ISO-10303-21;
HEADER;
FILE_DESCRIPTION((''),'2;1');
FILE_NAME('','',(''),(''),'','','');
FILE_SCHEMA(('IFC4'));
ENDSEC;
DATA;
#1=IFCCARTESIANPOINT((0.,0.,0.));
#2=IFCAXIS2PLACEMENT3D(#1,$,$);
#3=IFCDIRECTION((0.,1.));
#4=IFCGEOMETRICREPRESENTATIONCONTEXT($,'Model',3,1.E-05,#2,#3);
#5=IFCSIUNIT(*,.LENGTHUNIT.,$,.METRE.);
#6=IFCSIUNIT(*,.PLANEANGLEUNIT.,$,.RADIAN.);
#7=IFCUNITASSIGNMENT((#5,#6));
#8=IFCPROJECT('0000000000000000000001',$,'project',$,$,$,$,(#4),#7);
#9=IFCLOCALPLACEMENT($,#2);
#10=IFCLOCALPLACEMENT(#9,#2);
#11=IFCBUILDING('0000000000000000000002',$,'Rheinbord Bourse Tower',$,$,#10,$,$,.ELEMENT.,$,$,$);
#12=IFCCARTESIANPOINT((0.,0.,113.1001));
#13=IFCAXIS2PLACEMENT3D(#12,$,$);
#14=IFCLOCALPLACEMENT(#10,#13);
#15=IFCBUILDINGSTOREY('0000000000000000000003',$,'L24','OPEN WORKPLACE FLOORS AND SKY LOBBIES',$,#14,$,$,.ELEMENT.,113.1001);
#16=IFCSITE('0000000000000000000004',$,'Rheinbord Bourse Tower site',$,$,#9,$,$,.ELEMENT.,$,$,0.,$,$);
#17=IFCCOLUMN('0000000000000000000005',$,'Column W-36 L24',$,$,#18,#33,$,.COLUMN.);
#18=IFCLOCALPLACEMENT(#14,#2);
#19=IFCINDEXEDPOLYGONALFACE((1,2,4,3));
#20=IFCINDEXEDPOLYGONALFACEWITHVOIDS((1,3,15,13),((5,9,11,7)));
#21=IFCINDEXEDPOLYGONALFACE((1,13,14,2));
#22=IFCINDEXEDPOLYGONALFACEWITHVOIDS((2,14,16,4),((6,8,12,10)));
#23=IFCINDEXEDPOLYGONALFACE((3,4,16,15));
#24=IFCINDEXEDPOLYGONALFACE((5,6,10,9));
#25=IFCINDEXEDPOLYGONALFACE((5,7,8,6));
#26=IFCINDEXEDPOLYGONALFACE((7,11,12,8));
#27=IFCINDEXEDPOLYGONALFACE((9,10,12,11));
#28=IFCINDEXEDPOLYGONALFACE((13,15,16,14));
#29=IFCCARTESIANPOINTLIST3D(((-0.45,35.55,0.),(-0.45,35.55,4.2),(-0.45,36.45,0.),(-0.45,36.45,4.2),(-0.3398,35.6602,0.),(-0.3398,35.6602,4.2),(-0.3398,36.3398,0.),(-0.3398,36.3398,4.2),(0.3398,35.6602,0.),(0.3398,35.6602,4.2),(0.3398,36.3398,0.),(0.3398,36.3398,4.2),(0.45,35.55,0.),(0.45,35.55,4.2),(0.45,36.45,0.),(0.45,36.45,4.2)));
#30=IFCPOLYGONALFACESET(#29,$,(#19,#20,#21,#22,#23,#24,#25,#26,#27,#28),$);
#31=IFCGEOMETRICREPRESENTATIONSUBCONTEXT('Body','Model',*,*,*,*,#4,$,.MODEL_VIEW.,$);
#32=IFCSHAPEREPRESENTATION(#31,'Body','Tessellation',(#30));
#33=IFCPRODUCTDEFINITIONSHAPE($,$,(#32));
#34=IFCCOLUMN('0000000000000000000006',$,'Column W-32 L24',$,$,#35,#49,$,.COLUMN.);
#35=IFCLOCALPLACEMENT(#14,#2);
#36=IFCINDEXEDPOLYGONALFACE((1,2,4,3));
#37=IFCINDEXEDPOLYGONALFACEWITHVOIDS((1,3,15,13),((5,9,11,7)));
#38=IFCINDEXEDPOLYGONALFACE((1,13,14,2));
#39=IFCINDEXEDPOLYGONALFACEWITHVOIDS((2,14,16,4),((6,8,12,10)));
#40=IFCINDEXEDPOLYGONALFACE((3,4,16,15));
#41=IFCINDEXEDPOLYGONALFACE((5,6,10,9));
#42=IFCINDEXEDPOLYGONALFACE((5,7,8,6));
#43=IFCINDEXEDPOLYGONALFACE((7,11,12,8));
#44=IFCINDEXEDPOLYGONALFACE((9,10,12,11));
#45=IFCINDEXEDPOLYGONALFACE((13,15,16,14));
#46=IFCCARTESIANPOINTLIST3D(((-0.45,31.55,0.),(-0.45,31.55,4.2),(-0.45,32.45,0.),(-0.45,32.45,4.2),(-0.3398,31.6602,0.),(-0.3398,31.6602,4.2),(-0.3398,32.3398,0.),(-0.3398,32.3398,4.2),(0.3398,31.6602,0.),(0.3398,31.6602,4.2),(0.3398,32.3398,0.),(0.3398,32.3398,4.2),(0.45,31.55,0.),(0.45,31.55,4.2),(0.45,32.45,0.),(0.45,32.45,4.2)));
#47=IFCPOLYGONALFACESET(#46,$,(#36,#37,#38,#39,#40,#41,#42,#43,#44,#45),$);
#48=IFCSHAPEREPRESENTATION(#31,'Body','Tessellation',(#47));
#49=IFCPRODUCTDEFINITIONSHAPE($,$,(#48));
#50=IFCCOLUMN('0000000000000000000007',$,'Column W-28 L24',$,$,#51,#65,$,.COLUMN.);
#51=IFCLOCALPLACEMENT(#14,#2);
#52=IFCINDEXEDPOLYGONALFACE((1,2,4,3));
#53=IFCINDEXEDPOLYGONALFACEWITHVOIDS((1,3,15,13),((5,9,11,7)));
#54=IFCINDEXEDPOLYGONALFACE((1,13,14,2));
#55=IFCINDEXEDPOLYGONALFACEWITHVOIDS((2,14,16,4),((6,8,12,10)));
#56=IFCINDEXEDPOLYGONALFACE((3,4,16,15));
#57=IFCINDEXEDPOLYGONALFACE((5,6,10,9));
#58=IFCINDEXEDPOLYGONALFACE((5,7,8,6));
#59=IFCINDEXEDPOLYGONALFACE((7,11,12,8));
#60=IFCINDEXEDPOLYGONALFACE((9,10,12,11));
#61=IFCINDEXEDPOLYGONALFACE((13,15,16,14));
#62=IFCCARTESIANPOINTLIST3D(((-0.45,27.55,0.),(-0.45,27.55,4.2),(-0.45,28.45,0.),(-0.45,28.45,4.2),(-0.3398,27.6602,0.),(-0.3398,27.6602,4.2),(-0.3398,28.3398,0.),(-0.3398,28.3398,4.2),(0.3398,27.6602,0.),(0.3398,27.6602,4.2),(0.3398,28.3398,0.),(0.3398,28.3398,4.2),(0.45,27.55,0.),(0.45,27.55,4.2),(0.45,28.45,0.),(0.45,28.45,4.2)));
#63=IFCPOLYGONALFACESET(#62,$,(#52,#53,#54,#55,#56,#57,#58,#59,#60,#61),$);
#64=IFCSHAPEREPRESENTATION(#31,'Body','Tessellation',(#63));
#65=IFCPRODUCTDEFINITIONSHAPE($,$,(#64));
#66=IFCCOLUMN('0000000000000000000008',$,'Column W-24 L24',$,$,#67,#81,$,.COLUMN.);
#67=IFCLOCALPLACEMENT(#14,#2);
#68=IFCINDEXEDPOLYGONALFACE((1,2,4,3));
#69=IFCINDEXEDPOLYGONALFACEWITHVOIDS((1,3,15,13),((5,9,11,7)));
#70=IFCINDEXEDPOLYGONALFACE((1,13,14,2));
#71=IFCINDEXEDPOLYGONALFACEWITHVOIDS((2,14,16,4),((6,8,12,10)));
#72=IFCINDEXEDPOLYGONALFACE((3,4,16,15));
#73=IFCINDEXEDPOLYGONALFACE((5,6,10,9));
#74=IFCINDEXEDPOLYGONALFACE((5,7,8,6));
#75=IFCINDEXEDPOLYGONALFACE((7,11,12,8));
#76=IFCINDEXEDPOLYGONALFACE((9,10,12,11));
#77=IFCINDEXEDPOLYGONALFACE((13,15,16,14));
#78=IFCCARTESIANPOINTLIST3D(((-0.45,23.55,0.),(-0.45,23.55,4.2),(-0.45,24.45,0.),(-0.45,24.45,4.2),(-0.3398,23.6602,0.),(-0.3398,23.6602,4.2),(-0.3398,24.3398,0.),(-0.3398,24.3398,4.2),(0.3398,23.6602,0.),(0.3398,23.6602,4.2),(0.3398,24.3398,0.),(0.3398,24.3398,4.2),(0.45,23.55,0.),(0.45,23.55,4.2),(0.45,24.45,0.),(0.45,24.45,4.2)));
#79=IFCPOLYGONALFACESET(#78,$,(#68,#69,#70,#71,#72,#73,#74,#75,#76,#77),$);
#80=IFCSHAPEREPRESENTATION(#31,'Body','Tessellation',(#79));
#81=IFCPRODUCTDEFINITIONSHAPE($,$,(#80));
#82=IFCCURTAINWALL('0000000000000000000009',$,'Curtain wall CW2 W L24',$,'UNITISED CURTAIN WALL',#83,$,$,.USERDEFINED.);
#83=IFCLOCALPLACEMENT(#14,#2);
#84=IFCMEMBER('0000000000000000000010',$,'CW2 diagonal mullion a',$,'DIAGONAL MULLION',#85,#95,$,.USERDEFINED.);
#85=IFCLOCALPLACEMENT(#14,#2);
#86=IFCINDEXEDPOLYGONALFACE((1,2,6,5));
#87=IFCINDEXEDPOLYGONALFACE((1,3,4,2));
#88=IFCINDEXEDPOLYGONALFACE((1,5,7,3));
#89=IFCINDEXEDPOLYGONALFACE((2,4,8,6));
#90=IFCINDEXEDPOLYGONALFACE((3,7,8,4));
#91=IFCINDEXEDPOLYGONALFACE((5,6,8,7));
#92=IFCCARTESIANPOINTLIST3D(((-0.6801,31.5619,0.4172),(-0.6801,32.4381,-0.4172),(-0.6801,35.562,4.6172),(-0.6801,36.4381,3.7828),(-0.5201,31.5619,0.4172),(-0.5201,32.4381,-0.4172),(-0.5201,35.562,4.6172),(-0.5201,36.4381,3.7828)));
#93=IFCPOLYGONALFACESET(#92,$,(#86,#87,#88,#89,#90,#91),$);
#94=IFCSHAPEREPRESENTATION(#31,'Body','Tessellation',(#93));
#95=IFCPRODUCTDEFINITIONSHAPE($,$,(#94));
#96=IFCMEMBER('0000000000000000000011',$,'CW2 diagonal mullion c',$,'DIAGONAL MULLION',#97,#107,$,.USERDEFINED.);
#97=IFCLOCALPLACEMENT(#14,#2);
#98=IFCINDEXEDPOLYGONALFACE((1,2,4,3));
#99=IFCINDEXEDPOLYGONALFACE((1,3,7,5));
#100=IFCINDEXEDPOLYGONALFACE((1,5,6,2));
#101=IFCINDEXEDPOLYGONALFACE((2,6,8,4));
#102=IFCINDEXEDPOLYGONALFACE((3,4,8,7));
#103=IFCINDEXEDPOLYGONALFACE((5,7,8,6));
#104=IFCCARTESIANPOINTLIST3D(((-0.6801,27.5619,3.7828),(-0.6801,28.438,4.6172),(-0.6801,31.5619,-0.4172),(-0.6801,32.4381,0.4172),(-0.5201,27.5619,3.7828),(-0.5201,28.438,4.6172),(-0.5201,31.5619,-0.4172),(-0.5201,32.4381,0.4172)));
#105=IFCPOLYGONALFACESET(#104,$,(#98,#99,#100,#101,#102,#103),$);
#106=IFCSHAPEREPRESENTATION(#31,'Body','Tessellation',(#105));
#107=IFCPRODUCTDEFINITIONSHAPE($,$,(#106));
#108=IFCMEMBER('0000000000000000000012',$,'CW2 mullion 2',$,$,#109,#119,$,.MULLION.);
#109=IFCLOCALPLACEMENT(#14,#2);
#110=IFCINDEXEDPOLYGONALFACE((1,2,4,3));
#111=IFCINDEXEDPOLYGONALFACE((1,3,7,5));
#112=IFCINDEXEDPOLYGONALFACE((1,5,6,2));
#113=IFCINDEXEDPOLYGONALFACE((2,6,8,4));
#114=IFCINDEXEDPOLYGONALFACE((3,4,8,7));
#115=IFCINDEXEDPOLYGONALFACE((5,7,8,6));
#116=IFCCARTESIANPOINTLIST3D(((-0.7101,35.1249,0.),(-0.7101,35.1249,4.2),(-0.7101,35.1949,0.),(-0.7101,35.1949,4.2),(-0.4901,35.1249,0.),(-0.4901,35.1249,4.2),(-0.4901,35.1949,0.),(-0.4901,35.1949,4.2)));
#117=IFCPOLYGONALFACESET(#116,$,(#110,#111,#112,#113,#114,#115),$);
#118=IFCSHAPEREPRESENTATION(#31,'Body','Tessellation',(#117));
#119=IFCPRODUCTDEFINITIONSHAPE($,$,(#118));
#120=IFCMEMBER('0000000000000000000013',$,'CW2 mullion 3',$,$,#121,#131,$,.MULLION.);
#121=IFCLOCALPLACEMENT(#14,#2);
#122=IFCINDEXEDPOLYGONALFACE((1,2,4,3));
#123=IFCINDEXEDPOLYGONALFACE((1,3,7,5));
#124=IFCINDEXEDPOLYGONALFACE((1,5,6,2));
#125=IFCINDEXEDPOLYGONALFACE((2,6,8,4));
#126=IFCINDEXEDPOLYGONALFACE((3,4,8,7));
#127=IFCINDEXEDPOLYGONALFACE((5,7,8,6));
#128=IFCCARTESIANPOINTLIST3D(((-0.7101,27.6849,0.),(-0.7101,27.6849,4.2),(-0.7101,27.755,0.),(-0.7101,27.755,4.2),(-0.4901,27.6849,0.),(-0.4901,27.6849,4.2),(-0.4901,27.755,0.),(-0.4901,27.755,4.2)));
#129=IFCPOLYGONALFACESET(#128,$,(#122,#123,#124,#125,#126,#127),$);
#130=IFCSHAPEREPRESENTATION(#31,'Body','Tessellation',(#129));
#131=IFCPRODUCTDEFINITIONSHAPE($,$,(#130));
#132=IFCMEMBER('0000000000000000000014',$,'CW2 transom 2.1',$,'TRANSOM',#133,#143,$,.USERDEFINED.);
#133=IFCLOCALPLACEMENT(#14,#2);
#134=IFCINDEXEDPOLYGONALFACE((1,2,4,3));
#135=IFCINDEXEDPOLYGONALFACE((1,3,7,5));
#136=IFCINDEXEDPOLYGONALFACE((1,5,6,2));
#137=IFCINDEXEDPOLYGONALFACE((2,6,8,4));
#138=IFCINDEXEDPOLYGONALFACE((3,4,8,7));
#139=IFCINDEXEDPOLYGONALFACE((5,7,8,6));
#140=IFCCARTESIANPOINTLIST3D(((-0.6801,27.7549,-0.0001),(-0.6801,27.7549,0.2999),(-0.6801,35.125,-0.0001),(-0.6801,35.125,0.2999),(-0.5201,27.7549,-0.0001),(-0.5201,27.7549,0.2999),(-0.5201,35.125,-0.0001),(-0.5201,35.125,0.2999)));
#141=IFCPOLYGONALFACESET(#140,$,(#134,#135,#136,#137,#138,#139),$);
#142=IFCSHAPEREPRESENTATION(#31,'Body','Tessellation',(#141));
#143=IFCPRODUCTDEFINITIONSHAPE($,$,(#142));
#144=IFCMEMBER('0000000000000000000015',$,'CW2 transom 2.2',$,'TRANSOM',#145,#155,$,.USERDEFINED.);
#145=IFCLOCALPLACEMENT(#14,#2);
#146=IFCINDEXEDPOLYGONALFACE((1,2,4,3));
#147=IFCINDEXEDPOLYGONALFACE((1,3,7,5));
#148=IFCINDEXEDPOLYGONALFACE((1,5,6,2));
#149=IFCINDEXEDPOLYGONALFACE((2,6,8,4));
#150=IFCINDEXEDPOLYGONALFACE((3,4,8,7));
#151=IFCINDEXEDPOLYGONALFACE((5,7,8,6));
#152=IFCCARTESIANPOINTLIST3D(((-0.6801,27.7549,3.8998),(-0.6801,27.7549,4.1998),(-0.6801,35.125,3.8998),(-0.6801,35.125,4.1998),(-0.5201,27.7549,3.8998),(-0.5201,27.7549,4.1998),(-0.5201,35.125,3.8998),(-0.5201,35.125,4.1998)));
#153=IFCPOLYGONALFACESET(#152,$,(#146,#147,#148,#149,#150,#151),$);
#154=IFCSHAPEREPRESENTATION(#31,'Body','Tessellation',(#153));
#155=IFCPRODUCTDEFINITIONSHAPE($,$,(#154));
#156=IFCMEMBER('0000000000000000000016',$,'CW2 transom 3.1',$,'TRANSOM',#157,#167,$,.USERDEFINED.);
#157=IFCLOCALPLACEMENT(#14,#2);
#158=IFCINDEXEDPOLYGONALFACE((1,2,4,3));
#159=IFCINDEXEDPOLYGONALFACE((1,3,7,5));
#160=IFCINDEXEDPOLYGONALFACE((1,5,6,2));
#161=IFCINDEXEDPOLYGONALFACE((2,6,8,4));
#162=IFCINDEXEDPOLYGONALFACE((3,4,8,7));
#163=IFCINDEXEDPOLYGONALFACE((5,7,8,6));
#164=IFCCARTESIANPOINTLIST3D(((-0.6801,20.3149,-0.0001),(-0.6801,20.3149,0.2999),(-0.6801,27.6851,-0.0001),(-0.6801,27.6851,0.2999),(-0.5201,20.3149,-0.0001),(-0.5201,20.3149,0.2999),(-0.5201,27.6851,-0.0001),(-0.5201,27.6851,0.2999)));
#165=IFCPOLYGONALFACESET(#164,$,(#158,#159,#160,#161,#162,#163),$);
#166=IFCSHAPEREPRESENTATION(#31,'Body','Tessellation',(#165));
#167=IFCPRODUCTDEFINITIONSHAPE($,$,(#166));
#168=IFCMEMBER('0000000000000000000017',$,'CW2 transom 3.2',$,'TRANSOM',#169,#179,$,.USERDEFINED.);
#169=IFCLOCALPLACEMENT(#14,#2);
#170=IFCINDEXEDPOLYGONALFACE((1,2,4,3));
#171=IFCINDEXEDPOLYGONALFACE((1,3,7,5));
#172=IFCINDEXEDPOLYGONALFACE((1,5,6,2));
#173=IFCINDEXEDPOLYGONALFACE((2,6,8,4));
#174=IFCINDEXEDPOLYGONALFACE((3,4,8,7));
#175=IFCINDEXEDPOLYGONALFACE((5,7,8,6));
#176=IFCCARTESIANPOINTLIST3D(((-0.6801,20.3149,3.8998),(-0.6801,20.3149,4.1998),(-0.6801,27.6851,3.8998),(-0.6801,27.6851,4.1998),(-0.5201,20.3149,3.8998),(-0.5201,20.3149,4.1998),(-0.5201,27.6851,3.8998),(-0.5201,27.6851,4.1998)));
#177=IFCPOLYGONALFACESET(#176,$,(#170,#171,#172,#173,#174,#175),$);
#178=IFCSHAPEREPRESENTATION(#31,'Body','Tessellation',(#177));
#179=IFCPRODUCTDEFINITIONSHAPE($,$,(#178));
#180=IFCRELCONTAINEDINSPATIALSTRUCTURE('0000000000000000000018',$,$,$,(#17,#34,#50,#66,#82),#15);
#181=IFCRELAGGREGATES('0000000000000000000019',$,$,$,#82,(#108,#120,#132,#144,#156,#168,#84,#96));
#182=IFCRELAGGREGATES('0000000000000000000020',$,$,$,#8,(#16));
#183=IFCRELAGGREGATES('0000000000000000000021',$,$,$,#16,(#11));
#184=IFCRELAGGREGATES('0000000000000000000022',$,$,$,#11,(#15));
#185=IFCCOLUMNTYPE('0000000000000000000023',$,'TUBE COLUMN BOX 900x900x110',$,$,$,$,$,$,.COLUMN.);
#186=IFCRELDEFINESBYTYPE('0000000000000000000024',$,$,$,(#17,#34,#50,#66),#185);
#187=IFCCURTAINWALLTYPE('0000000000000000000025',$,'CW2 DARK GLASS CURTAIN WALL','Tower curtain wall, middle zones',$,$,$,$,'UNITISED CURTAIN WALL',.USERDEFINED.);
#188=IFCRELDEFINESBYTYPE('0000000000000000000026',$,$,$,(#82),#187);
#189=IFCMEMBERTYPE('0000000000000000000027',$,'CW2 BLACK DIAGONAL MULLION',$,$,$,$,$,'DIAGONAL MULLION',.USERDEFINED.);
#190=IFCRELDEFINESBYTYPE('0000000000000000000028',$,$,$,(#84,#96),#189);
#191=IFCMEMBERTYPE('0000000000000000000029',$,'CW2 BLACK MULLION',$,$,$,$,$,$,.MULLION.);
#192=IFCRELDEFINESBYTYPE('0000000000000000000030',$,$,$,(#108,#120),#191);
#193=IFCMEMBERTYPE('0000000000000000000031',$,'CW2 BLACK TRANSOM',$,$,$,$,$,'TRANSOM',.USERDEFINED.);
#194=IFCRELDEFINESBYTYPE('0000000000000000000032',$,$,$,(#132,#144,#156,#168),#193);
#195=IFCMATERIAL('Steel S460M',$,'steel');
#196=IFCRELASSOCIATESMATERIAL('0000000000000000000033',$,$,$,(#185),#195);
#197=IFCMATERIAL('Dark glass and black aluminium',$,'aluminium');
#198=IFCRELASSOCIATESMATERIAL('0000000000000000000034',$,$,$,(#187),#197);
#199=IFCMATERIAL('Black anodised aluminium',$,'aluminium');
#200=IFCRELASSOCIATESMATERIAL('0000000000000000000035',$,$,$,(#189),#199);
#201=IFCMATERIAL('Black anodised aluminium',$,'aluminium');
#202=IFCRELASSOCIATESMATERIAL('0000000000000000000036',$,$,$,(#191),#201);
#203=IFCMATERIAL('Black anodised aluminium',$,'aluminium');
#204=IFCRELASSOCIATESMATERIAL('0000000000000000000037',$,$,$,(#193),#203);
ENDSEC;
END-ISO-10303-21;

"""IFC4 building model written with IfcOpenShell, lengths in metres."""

from ifc_helpers import new_model, si_unit, direction, frame, origin, origin_2d, place, context, subcontext, project, spatial, rectangle, hollow_rectangle, extrude, material, material_profile, profile_set, type_object, element, aggregate, save


model = new_model("IFC4")

# Units and contexts
model_context = context("Model", 3, precision=1e-05, world=origin(), true_north=direction((0.0, 1.0)))
body_context = subcontext(model_context, "Body", "Model", "MODEL_VIEW")
ifc_project = project(units=[si_unit("LENGTHUNIT", "METRE"), si_unit("PLANEANGLEUNIT", "RADIAN")], contexts=[model_context])

# Site, building, storey
site_placement = place(None, origin())
site = spatial("IfcSite", under=ifc_project, at=site_placement, Name="Rheinbord Bourse Tower site", CompositionType="ELEMENT", RefElevation=0.0)
building_placement = place(site_placement, origin())
building = spatial("IfcBuilding", under=site, at=building_placement, Name="Rheinbord Bourse Tower", CompositionType="ELEMENT")
storey_placement = place(building_placement, frame((0.0, 0.0, 113.1001)))
storey = spatial("IfcBuildingStorey", under=building, at=storey_placement, Name="L24", Description="OPEN WORKPLACE FLOORS AND SKY LOBBIES", CompositionType="ELEMENT", Elevation=113.1001)

# Columns
ifc_material_1 = material(Name="Steel S460M", Category="steel")
ifc_material_profile_1 = material_profile(ifc_material_1, hollow_rectangle(XDim=0.8999, YDim=0.8999, WallThickness=0.1101, at=origin_2d()), Name="BOX 900x900x110")
ifc_profile_set_1 = profile_set([ifc_material_profile_1], Name="Steel S460M")
column_type = type_object("IfcColumnType", Name="TUBE COLUMN BOX 900x900x110", PredefinedType="COLUMN", material=ifc_profile_set_1)
for number, where, z_axis, x_axis, name in (
    (1, (0.0, 36.0, 0.0), (0.0, 0.0, 1.0), (1.0, 0.0, 0.0), "Column W-36 L24"),
    (2, (0.0, 32.0, 0.0), (0.0, 0.0, 1.0), (1.0, 0.0, 0.0), "Column W-32 L24"),
    (3, (0.0, 28.0, 0.0), (0.0, 0.0, 1.0), (1.0, 0.0, 0.0), "Column W-28 L24"),
    (4, (0.0, 24.0, 0.0), (0.0, 0.0, 1.0), (1.0, 0.0, 0.0), "Column W-24 L24"),
):
    element("IfcColumn", number, at=place(storey_placement, frame(where, z_axis=z_axis, x_axis=x_axis)), inside=storey, type_object=column_type, Name=name, PredefinedType="COLUMN", context=body_context, shape_type="SweptSolid", body=[
        extrude(hollow_rectangle(XDim=0.8999, YDim=0.8999, WallThickness=0.1101, at=origin_2d()), origin(), (0.0, 0.0, 1.0), 4.2),
    ])

# Curtain wall, members
ifc_material_2 = material(Name="Dark glass and black aluminium", Category="aluminium")
curtain_wall_type = type_object("IfcCurtainWallType", Name="CW2 DARK GLASS CURTAIN WALL", Description="Tower curtain wall, middle zones", ElementType="UNITISED CURTAIN WALL", PredefinedType="USERDEFINED", material=ifc_material_2)
curtain_wall_placement = place(storey_placement, origin())
curtain_wall = element("IfcCurtainWall", 5, at=curtain_wall_placement, inside=storey, type_object=curtain_wall_type, Name="Curtain wall CW2 W L24", ObjectType="UNITISED CURTAIN WALL", PredefinedType="USERDEFINED")
ifc_material_3 = material(Name="Black anodised aluminium", Category="aluminium")
ifc_material_profile_2 = material_profile(ifc_material_3, rectangle(XDim=0.1599, YDim=1.21, at=origin_2d()), Name="CW2 DIAGONAL MULLION 1210x160")
ifc_profile_set_2 = profile_set([ifc_material_profile_2], Name="Black anodised aluminium")
member_type_1 = type_object("IfcMemberType", Name="CW2 BLACK DIAGONAL MULLION", ElementType="DIAGONAL MULLION", PredefinedType="USERDEFINED", material=ifc_profile_set_2)
member_1_placement = place(storey_placement, frame((-0.6001, 32.0, 0.0), z_axis=(0.0, 0.689659, 0.724134), x_axis=(-1.0, 0.0, 0.0)))
member_1 = element("IfcMember", 6, at=member_1_placement, type_object=member_type_1, Name="CW2 diagonal mullion a", ObjectType="DIAGONAL MULLION", PredefinedType="USERDEFINED", context=body_context, shape_type="SweptSolid", body=[
    extrude(rectangle(XDim=0.1599, YDim=1.21, at=origin_2d()), origin(), (0.0, 0.0, 1.0), 5.8),
])
member_2_placement = place(storey_placement, frame((-0.6001, 32.0, 0.0), z_axis=(0.0, -0.689659, 0.724134), x_axis=(1.0, 0.0, 0.0)))
member_2 = element("IfcMember", 7, at=member_2_placement, type_object=member_type_1, Name="CW2 diagonal mullion c", ObjectType="DIAGONAL MULLION", PredefinedType="USERDEFINED", context=body_context, shape_type="SweptSolid", body=[
    extrude(rectangle(XDim=0.1599, YDim=1.21, at=origin_2d()), origin(), (0.0, 0.0, 1.0), 5.8),
])
ifc_material_4 = material(Name="Black anodised aluminium", Category="aluminium")
ifc_material_profile_3 = material_profile(ifc_material_4, rectangle(XDim=0.22, YDim=0.0701, at=origin_2d()), Name="CW2 MULLION 70x220")
ifc_profile_set_3 = profile_set([ifc_material_profile_3], Name="Black anodised aluminium")
member_type_2 = type_object("IfcMemberType", Name="CW2 BLACK MULLION", PredefinedType="MULLION", material=ifc_profile_set_3)
member_3_placement = place(storey_placement, frame((-0.6001, 35.1599, 0.0), z_axis=(0.0, 0.0, 1.0), x_axis=(1.0, 0.0, 0.0)))
member_3 = element("IfcMember", 8, at=member_3_placement, type_object=member_type_2, Name="CW2 mullion 2", PredefinedType="MULLION", context=body_context, shape_type="SweptSolid", body=[
    extrude(rectangle(XDim=0.22, YDim=0.0701, at=origin_2d()), origin(), (0.0, 0.0, 1.0), 4.2),
])
member_4_placement = place(storey_placement, frame((-0.6001, 27.72, 0.0), z_axis=(0.0, 0.0, 1.0), x_axis=(1.0, 0.0, 0.0)))
member_4 = element("IfcMember", 9, at=member_4_placement, type_object=member_type_2, Name="CW2 mullion 3", PredefinedType="MULLION", context=body_context, shape_type="SweptSolid", body=[
    extrude(rectangle(XDim=0.22, YDim=0.0701, at=origin_2d()), origin(), (0.0, 0.0, 1.0), 4.2),
])
ifc_material_5 = material(Name="Black anodised aluminium", Category="aluminium")
ifc_material_profile_4 = material_profile(ifc_material_5, rectangle(XDim=0.1599, YDim=0.3, at=origin_2d()), Name="CW2 TRANSOM 300x160")
ifc_profile_set_4 = profile_set([ifc_material_profile_4], Name="Black anodised aluminium")
member_type_3 = type_object("IfcMemberType", Name="CW2 BLACK TRANSOM", ElementType="TRANSOM", PredefinedType="USERDEFINED", material=ifc_profile_set_4)
member_5_placement = place(storey_placement, frame((-0.6001, 35.125, 0.1499), z_axis=(0.0, -1.0, 0.0), x_axis=(1.0, 0.0, 0.0)))
member_5 = element("IfcMember", 10, at=member_5_placement, type_object=member_type_3, Name="CW2 transom 2.1", ObjectType="TRANSOM", PredefinedType="USERDEFINED", context=body_context, shape_type="SweptSolid", body=[
    extrude(rectangle(XDim=0.1599, YDim=0.3, at=origin_2d()), origin(), (0.0, 0.0, 1.0), 7.3701),
])
member_6_placement = place(storey_placement, frame((-0.6001, 35.125, 4.0498), z_axis=(0.0, -1.0, 0.0), x_axis=(1.0, 0.0, 0.0)))
member_6 = element("IfcMember", 11, at=member_6_placement, type_object=member_type_3, Name="CW2 transom 2.2", ObjectType="TRANSOM", PredefinedType="USERDEFINED", context=body_context, shape_type="SweptSolid", body=[
    extrude(rectangle(XDim=0.1599, YDim=0.3, at=origin_2d()), origin(), (0.0, 0.0, 1.0), 7.3701),
])
member_7_placement = place(storey_placement, frame((-0.6001, 27.6851, 0.1499), z_axis=(0.0, -1.0, 0.0), x_axis=(1.0, 0.0, 0.0)))
member_7 = element("IfcMember", 12, at=member_7_placement, type_object=member_type_3, Name="CW2 transom 3.1", ObjectType="TRANSOM", PredefinedType="USERDEFINED", context=body_context, shape_type="SweptSolid", body=[
    extrude(rectangle(XDim=0.1599, YDim=0.3, at=origin_2d()), origin(), (0.0, 0.0, 1.0), 7.3701),
])
member_8_placement = place(storey_placement, frame((-0.6001, 27.6851, 4.0498), z_axis=(0.0, -1.0, 0.0), x_axis=(1.0, 0.0, 0.0)))
member_8 = element("IfcMember", 13, at=member_8_placement, type_object=member_type_3, Name="CW2 transom 3.2", ObjectType="TRANSOM", PredefinedType="USERDEFINED", context=body_context, shape_type="SweptSolid", body=[
    extrude(rectangle(XDim=0.1599, YDim=0.3, at=origin_2d()), origin(), (0.0, 0.0, 1.0), 7.3701),
])

aggregate(curtain_wall, [member_3, member_4, member_5, member_6, member_7, member_8, member_1, member_2])

save(model, "model.ifc")
